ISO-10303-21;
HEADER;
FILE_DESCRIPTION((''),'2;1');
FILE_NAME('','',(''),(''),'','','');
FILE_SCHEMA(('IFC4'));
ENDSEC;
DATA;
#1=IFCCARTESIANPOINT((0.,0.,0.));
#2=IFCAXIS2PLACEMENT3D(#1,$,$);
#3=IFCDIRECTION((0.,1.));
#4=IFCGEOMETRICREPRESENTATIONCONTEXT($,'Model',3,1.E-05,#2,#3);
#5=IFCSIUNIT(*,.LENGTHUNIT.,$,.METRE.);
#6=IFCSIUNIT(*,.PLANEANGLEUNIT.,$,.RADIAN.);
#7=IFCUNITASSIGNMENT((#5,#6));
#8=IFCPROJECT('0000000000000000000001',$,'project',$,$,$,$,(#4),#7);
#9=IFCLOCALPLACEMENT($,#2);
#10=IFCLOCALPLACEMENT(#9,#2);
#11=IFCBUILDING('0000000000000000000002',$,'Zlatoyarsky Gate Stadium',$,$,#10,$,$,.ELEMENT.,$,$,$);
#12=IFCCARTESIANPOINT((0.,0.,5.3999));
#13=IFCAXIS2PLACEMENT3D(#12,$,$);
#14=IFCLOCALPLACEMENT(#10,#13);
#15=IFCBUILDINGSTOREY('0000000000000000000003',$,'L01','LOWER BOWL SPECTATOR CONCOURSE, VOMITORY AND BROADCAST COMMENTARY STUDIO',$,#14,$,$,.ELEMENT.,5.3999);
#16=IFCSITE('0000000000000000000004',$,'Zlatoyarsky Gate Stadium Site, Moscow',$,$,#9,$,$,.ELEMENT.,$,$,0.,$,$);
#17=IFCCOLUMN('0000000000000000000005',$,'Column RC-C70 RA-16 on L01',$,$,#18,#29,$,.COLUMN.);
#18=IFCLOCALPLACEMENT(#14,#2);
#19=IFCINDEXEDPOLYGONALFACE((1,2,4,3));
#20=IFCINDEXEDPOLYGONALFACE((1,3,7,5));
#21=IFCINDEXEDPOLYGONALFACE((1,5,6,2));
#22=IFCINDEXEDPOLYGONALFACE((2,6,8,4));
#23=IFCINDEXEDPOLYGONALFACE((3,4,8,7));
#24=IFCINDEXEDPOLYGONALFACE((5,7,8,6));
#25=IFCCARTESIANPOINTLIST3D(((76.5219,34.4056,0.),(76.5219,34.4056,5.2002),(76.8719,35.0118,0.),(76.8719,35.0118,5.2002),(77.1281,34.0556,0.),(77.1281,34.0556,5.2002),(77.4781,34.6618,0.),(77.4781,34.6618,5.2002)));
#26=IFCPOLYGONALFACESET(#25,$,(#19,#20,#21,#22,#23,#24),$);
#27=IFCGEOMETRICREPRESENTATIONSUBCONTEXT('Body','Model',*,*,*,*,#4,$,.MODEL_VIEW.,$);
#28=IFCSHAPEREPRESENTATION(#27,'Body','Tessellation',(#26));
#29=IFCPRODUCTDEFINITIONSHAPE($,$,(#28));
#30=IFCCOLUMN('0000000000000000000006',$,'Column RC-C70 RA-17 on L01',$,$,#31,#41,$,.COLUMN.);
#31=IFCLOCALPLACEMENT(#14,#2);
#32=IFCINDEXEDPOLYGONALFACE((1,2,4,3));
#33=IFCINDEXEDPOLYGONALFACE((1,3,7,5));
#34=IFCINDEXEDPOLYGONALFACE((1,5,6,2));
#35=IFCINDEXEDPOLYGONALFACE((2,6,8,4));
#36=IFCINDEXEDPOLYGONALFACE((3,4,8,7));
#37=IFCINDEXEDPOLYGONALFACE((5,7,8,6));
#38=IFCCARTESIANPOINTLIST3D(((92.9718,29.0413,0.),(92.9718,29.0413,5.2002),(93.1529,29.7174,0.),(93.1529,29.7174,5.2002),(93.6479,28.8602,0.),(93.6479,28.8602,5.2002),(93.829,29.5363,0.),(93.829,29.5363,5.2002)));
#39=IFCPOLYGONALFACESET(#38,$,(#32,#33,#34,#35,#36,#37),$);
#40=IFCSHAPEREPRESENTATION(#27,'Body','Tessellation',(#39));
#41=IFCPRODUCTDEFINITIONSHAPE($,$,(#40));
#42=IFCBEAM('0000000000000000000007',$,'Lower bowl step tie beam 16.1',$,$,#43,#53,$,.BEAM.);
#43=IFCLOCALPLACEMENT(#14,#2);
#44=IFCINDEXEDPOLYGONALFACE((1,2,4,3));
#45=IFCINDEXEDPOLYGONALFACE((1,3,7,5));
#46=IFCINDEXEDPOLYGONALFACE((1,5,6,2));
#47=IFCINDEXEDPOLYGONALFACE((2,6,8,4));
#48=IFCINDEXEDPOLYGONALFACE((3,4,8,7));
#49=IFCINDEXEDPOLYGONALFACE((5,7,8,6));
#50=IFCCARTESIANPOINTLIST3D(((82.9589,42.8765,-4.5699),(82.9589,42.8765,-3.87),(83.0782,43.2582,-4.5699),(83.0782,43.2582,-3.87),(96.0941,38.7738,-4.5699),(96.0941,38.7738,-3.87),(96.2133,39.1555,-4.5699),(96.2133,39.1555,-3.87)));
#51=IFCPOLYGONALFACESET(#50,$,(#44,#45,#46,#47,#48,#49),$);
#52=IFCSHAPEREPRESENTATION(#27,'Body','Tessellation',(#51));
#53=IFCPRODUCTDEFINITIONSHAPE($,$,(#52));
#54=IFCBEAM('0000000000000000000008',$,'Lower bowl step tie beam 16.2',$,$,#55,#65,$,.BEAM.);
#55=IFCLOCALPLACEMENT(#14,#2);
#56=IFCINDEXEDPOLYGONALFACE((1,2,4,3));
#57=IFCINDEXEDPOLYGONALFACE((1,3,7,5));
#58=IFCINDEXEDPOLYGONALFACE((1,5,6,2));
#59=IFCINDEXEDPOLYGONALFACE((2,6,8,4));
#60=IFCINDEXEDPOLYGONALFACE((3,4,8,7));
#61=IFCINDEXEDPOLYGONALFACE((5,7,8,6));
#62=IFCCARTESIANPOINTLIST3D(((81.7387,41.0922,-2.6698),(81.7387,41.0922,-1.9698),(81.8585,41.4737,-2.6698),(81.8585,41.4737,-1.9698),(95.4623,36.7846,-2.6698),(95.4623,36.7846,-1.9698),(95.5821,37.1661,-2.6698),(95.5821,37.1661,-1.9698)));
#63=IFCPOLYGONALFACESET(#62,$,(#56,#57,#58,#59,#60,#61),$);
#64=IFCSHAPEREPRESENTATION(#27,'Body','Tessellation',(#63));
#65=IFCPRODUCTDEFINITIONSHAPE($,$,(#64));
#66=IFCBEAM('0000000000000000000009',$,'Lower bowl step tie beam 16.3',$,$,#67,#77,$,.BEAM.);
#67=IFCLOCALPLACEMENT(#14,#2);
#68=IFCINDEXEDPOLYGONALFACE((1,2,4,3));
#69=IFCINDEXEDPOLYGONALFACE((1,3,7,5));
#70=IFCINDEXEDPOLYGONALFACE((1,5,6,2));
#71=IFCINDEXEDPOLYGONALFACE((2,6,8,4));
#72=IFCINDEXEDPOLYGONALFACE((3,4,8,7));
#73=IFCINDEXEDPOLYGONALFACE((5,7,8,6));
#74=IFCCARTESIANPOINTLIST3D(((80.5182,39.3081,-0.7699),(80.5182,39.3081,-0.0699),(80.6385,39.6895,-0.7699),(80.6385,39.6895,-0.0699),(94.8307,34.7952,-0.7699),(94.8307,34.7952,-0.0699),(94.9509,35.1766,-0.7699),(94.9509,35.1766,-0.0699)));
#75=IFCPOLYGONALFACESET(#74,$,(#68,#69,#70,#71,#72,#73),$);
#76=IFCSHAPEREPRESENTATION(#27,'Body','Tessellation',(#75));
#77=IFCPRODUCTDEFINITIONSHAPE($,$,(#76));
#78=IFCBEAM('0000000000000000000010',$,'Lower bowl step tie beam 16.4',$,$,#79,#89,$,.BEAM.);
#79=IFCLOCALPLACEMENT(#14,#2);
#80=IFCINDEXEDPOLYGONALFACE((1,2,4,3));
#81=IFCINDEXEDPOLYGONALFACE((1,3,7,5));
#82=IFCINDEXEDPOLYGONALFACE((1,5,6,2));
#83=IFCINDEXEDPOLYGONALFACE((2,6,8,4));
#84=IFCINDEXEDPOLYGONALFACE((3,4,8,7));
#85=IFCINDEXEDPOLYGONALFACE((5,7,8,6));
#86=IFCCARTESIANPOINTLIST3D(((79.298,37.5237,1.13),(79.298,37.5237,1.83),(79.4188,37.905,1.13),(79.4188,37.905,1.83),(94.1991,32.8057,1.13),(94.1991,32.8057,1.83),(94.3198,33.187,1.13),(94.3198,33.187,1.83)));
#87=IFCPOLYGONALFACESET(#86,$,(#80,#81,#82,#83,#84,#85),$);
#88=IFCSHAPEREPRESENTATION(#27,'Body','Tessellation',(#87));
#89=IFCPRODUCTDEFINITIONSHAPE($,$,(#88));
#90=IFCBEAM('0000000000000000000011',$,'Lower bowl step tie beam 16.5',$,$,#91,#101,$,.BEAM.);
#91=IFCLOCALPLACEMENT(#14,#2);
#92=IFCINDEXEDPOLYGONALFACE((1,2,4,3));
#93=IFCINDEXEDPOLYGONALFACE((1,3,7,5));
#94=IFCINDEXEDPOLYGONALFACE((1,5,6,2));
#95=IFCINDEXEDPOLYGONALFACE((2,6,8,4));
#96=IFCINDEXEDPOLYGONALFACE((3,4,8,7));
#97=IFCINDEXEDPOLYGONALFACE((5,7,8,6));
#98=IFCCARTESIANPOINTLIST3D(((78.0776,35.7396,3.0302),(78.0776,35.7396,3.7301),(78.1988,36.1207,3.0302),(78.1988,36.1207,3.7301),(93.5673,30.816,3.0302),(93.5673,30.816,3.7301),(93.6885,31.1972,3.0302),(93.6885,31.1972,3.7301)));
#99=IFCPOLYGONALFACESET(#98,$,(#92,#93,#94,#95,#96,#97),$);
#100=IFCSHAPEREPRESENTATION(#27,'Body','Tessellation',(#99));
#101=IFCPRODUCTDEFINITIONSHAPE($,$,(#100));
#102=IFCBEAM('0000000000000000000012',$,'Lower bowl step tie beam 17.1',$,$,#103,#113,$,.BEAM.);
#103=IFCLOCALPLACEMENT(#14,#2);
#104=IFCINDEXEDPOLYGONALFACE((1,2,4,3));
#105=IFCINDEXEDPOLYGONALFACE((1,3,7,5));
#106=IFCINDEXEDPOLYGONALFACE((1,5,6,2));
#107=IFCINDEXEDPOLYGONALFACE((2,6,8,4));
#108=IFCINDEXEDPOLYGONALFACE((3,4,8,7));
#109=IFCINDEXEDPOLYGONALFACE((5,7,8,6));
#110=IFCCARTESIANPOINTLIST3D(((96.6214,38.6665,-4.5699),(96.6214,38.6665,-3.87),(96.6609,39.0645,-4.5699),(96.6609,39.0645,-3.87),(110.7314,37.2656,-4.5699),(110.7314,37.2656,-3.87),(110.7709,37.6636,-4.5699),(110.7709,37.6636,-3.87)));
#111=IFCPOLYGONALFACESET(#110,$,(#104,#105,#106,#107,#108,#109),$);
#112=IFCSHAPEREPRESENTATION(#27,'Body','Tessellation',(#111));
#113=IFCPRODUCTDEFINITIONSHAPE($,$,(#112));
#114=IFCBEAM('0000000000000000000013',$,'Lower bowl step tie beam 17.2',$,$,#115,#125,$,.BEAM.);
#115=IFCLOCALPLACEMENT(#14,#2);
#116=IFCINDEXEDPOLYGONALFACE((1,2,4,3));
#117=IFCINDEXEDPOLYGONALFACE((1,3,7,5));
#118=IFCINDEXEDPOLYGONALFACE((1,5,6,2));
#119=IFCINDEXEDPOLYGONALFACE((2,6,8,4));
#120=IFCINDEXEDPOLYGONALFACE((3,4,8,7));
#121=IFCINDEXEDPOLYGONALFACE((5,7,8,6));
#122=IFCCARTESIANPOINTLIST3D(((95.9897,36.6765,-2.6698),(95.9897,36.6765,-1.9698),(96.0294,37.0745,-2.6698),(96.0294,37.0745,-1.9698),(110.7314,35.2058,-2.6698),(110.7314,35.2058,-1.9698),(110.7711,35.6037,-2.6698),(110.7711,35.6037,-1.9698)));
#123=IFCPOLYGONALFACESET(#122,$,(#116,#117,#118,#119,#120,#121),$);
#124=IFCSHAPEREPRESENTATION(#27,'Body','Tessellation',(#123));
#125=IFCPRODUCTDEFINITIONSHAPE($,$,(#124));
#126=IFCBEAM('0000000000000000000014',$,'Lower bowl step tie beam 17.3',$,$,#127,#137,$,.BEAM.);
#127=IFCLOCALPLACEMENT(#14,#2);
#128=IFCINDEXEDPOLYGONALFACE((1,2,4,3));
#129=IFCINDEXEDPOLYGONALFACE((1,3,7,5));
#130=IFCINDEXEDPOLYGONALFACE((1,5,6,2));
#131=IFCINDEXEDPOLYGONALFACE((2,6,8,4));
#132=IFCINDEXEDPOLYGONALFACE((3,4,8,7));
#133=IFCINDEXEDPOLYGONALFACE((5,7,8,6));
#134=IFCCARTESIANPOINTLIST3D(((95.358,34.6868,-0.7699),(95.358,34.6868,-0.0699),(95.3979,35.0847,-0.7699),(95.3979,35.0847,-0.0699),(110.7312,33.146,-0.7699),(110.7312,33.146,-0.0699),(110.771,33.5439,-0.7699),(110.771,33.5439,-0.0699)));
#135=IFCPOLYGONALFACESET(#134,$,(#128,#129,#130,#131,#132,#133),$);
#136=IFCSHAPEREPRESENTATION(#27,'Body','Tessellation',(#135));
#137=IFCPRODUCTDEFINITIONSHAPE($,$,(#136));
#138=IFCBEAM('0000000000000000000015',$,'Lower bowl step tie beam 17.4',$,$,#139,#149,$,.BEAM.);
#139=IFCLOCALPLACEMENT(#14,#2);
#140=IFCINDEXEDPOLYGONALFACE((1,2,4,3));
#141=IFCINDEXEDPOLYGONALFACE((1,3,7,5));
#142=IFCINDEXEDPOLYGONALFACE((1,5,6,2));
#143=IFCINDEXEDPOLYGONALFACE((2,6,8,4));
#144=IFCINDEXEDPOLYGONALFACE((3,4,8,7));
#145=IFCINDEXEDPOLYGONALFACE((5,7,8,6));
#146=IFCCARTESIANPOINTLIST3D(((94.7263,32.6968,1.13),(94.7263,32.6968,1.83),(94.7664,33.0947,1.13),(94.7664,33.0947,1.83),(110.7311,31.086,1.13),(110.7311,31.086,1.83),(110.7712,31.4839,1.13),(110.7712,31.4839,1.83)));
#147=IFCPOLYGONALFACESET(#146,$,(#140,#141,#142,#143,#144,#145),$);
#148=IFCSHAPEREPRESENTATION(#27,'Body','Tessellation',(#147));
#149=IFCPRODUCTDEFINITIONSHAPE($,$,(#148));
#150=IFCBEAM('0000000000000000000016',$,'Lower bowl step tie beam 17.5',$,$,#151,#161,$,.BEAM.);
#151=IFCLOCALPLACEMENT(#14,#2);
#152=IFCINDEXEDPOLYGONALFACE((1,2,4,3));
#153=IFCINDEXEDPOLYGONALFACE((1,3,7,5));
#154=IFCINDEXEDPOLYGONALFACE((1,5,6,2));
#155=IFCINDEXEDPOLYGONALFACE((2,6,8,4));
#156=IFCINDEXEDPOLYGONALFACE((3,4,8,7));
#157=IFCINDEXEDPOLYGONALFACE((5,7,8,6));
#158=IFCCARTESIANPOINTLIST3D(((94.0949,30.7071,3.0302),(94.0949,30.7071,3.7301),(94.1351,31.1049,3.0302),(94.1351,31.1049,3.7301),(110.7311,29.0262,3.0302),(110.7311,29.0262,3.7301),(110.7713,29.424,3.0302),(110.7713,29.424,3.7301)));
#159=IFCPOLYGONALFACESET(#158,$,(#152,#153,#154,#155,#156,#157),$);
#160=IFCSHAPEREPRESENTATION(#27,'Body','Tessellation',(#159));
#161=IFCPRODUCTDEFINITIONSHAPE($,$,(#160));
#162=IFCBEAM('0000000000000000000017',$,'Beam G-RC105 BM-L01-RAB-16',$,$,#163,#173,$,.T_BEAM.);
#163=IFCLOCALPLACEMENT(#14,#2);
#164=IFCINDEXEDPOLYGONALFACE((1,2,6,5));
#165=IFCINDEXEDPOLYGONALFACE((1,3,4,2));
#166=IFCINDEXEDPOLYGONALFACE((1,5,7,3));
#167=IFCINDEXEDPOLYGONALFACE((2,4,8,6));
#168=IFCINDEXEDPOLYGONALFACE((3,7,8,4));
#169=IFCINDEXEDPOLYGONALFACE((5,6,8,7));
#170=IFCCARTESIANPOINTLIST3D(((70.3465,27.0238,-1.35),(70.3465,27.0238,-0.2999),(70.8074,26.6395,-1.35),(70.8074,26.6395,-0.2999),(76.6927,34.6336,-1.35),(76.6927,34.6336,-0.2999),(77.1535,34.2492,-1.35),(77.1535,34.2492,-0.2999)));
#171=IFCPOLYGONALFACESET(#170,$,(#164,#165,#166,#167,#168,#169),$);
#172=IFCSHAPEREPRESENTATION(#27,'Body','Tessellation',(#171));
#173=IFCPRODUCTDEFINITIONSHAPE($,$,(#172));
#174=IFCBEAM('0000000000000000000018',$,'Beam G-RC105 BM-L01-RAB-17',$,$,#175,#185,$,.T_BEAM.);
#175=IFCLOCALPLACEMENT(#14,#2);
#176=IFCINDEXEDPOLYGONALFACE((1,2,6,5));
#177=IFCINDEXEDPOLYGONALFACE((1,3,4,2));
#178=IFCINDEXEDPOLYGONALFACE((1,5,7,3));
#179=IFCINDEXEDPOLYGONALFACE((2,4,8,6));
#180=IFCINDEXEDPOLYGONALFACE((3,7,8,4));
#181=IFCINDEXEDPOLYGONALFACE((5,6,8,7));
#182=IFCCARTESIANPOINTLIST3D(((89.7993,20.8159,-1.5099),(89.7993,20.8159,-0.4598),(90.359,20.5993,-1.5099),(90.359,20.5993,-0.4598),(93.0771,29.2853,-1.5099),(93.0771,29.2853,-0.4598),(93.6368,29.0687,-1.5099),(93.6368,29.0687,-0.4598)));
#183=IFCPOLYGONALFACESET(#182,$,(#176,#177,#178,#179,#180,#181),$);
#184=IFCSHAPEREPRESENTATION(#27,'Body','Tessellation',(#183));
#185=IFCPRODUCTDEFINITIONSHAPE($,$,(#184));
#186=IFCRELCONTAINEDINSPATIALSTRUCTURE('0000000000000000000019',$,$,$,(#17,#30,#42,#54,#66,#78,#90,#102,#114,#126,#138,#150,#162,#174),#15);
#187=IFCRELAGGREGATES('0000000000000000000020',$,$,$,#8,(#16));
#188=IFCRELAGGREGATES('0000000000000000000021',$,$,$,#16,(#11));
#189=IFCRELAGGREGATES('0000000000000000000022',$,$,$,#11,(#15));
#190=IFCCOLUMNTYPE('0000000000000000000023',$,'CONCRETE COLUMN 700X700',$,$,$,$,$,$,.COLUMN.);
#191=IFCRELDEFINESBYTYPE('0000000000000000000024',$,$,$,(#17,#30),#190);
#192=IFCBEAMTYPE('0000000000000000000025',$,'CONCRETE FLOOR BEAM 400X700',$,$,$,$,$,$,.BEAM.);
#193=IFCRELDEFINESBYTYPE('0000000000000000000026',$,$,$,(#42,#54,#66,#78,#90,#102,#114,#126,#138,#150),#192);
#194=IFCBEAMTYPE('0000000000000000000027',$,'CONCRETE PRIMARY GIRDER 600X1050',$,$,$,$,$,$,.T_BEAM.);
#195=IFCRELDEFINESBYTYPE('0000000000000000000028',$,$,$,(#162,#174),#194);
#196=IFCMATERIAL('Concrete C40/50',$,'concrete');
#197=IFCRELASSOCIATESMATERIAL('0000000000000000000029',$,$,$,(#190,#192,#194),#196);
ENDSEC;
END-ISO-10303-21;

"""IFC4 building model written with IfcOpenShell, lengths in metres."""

from ifc_helpers import new_model, si_unit, direction, frame, origin, origin_2d, place, context, subcontext, project, spatial, rectangle, extrude, material, material_profile, profile_set, type_object, element, save


model = new_model("IFC4")

# Units and contexts
model_context = context("Model", 3, precision=1e-05, world=origin(), true_north=direction((0.0, 1.0)))
body_context = subcontext(model_context, "Body", "Model", "MODEL_VIEW")
ifc_project = project(units=[si_unit("LENGTHUNIT", "METRE"), si_unit("PLANEANGLEUNIT", "RADIAN")], contexts=[model_context])

# Site, building, storey
site_placement = place(None, origin())
site = spatial("IfcSite", under=ifc_project, at=site_placement, Name="Zlatoyarsky Gate Stadium Site, Moscow", CompositionType="ELEMENT", RefElevation=0.0)
building_placement = place(site_placement, origin())
building = spatial("IfcBuilding", under=site, at=building_placement, Name="Zlatoyarsky Gate Stadium", CompositionType="ELEMENT")
storey_placement = place(building_placement, frame((0.0, 0.0, 5.3999)))
storey = spatial("IfcBuildingStorey", under=building, at=storey_placement, Name="L01", Description="LOWER BOWL SPECTATOR CONCOURSE, VOMITORY AND BROADCAST COMMENTARY STUDIO", CompositionType="ELEMENT", Elevation=5.3999)

# Columns
ifc_material_1 = material(Name="Concrete C40/50", Category="concrete")
ifc_material_profile_1 = material_profile(ifc_material_1, rectangle(XDim=0.7, YDim=0.7, at=origin_2d()), Name="RC COL 700X700")
ifc_profile_set_1 = profile_set([ifc_material_profile_1], Name="Concrete C40/50")
column_type = type_object("IfcColumnType", Name="CONCRETE COLUMN 700X700", PredefinedType="COLUMN", material=ifc_profile_set_1)
for number, where, z_axis, x_axis, name in (
    (1, (77.0, 34.5337, 0.0), (0.0, 0.0, 1.0), (-0.5, -0.866025, 0.0), "Column RC-C70 RA-16 on L01"),
    (2, (93.4004, 29.2888, 0.0), (0.0, 0.0, 1.0), (-0.258819, -0.965926, 0.0), "Column RC-C70 RA-17 on L01"),
):
    element("IfcColumn", number, at=place(storey_placement, frame(where, z_axis=z_axis, x_axis=x_axis)), inside=storey, type_object=column_type, Name=name, PredefinedType="COLUMN", context=body_context, shape_type="SweptSolid", body=[
        extrude(rectangle(XDim=0.7, YDim=0.7, at=origin_2d()), origin(), (0.0, 0.0, 1.0), 5.2002),
    ])

# Beams
ifc_material_profile_2 = material_profile(ifc_material_1, rectangle(XDim=0.3999, YDim=0.7, at=origin_2d()), Name="RC BEAM 400X700")
ifc_profile_set_2 = profile_set([ifc_material_profile_2], Name="Concrete C40/50")
beam_type_1 = type_object("IfcBeamType", Name="CONCRETE FLOOR BEAM 400X700", PredefinedType="BEAM", material=ifc_profile_set_2)
beam_1_placement = place(storey_placement, frame((83.0186, 43.0674, -4.22), z_axis=(0.954521, -0.298144, 0.0), x_axis=(0.298144, 0.954521, 0.0)))
element("IfcBeam", 3, at=beam_1_placement, inside=storey, type_object=beam_type_1, Name="Lower bowl step tie beam 16.1", PredefinedType="BEAM", context=body_context, shape_type="SweptSolid", body=[
    extrude(rectangle(XDim=0.3999, YDim=0.7, at=origin_2d()), origin(), (0.0, 0.0, 1.0), 13.761),
])
beam_2_placement = place(storey_placement, frame((81.7986, 41.283, -2.3198), z_axis=(0.954104, -0.299477, 0.0), x_axis=(0.299477, 0.954104, 0.0)))
element("IfcBeam", 4, at=beam_2_placement, inside=storey, type_object=beam_type_1, Name="Lower bowl step tie beam 16.2", PredefinedType="BEAM", context=body_context, shape_type="SweptSolid", body=[
    extrude(rectangle(XDim=0.3999, YDim=0.7, at=origin_2d()), origin(), (0.0, 0.0, 1.0), 14.3838),
])
beam_3_placement = place(storey_placement, frame((80.5784, 39.4988, -0.4199), z_axis=(0.953713, -0.300719, 0.0), x_axis=(0.300719, 0.953713, 0.0)))
element("IfcBeam", 5, at=beam_3_placement, inside=storey, type_object=beam_type_1, Name="Lower bowl step tie beam 16.3", PredefinedType="BEAM", context=body_context, shape_type="SweptSolid", body=[
    extrude(rectangle(XDim=0.3999, YDim=0.7, at=origin_2d()), origin(), (0.0, 0.0, 1.0), 15.0071),
])
beam_4_placement = place(storey_placement, frame((79.3584, 37.7144, 1.48), z_axis=(0.953355, -0.301853, 0.0), x_axis=(0.301853, 0.953355, 0.0)))
element("IfcBeam", 6, at=beam_4_placement, inside=storey, type_object=beam_type_1, Name="Lower bowl step tie beam 16.4", PredefinedType="BEAM", context=body_context, shape_type="SweptSolid", body=[
    extrude(rectangle(XDim=0.3999, YDim=0.7, at=origin_2d()), origin(), (0.0, 0.0, 1.0), 15.6301),
])
beam_5_placement = place(storey_placement, frame((78.1382, 35.9302, 3.3801), z_axis=(0.953014, -0.302926, 0.0), x_axis=(0.302926, 0.953014, 0.0)))
element("IfcBeam", 7, at=beam_5_placement, inside=storey, type_object=beam_type_1, Name="Lower bowl step tie beam 16.5", PredefinedType="BEAM", context=body_context, shape_type="SweptSolid", body=[
    extrude(rectangle(XDim=0.3999, YDim=0.7, at=origin_2d()), origin(), (0.0, 0.0, 1.0), 16.2534),
])
beam_6_placement = place(storey_placement, frame((96.6411, 38.8655, -4.22), z_axis=(0.995108, -0.098796, 0.0), x_axis=(0.098796, 0.995108, 0.0)))
element("IfcBeam", 8, at=beam_6_placement, inside=storey, type_object=beam_type_1, Name="Lower bowl step tie beam 17.1", PredefinedType="BEAM", context=body_context, shape_type="SweptSolid", body=[
    extrude(rectangle(XDim=0.3999, YDim=0.7, at=origin_2d()), origin(), (0.0, 0.0, 1.0), 14.1794),
])
beam_7_placement = place(storey_placement, frame((96.0095, 36.8755, -2.3198), z_axis=(0.99506, -0.099272, 0.0), x_axis=(0.099272, 0.99506, 0.0)))
element("IfcBeam", 9, at=beam_7_placement, inside=storey, type_object=beam_type_1, Name="Lower bowl step tie beam 17.2", PredefinedType="BEAM", context=body_context, shape_type="SweptSolid", body=[
    extrude(rectangle(XDim=0.3999, YDim=0.7, at=origin_2d()), origin(), (0.0, 0.0, 1.0), 14.8149),
])
beam_8_placement = place(storey_placement, frame((95.3779, 34.8857, -0.4199), z_axis=(0.995015, -0.099724, 0.0), x_axis=(0.099724, 0.995015, 0.0)))
element("IfcBeam", 10, at=beam_8_placement, inside=storey, type_object=beam_type_1, Name="Lower bowl step tie beam 17.3", PredefinedType="BEAM", context=body_context, shape_type="SweptSolid", body=[
    extrude(rectangle(XDim=0.3999, YDim=0.7, at=origin_2d()), origin(), (0.0, 0.0, 1.0), 15.4502),
])
beam_9_placement = place(storey_placement, frame((94.7463, 32.8958, 1.48), z_axis=(0.994973, -0.100141, 0.0), x_axis=(0.100141, 0.994973, 0.0)))
element("IfcBeam", 11, at=beam_9_placement, inside=storey, type_object=beam_type_1, Name="Lower bowl step tie beam 17.4", PredefinedType="BEAM", context=body_context, shape_type="SweptSolid", body=[
    extrude(rectangle(XDim=0.3999, YDim=0.7, at=origin_2d()), origin(), (0.0, 0.0, 1.0), 16.0857),
])
beam_10_placement = place(storey_placement, frame((94.115, 30.906, 3.3801), z_axis=(0.994934, -0.100527, 0.0), x_axis=(0.100527, 0.994934, 0.0)))
element("IfcBeam", 12, at=beam_10_placement, inside=storey, type_object=beam_type_1, Name="Lower bowl step tie beam 17.5", PredefinedType="BEAM", context=body_context, shape_type="SweptSolid", body=[
    extrude(rectangle(XDim=0.3999, YDim=0.7, at=origin_2d()), origin(), (0.0, 0.0, 1.0), 16.7209),
])
ifc_material_profile_3 = material_profile(ifc_material_1, rectangle(XDim=0.6001, YDim=1.05, at=origin_2d()), Name="RC GIRDER 600X1050")
ifc_profile_set_3 = profile_set([ifc_material_profile_3], Name="Concrete C40/50")
beam_type_2 = type_object("IfcBeamType", Name="CONCRETE PRIMARY GIRDER 600X1050", PredefinedType="T_BEAM", material=ifc_profile_set_3)
beam_11_placement = place(storey_placement, frame((76.9231, 34.4414, -0.825), z_axis=(-0.640461, -0.767991, 0.0), x_axis=(0.767991, -0.640461, 0.0)))
element("IfcBeam", 13, at=beam_11_placement, inside=storey, type_object=beam_type_2, Name="Beam G-RC105 BM-L01-RAB-16", PredefinedType="T_BEAM", context=body_context, shape_type="SweptSolid", body=[
    extrude(rectangle(XDim=0.6001, YDim=1.05, at=origin_2d()), origin(), (0.0, 0.0, 1.0), 9.9087),
])
beam_12_placement = place(storey_placement, frame((93.3569, 29.177, -0.9849), z_axis=(-0.360929, -0.932593, 0.0), x_axis=(0.932593, -0.360929, 0.0)))
element("IfcBeam", 14, at=beam_12_placement, inside=storey, type_object=beam_type_2, Name="Beam G-RC105 BM-L01-RAB-17", PredefinedType="T_BEAM", context=body_context, shape_type="SweptSolid", body=[
    extrude(rectangle(XDim=0.6001, YDim=1.05, at=origin_2d()), origin(), (0.0, 0.0, 1.0), 9.0815),
])

save(model, "model.ifc")
